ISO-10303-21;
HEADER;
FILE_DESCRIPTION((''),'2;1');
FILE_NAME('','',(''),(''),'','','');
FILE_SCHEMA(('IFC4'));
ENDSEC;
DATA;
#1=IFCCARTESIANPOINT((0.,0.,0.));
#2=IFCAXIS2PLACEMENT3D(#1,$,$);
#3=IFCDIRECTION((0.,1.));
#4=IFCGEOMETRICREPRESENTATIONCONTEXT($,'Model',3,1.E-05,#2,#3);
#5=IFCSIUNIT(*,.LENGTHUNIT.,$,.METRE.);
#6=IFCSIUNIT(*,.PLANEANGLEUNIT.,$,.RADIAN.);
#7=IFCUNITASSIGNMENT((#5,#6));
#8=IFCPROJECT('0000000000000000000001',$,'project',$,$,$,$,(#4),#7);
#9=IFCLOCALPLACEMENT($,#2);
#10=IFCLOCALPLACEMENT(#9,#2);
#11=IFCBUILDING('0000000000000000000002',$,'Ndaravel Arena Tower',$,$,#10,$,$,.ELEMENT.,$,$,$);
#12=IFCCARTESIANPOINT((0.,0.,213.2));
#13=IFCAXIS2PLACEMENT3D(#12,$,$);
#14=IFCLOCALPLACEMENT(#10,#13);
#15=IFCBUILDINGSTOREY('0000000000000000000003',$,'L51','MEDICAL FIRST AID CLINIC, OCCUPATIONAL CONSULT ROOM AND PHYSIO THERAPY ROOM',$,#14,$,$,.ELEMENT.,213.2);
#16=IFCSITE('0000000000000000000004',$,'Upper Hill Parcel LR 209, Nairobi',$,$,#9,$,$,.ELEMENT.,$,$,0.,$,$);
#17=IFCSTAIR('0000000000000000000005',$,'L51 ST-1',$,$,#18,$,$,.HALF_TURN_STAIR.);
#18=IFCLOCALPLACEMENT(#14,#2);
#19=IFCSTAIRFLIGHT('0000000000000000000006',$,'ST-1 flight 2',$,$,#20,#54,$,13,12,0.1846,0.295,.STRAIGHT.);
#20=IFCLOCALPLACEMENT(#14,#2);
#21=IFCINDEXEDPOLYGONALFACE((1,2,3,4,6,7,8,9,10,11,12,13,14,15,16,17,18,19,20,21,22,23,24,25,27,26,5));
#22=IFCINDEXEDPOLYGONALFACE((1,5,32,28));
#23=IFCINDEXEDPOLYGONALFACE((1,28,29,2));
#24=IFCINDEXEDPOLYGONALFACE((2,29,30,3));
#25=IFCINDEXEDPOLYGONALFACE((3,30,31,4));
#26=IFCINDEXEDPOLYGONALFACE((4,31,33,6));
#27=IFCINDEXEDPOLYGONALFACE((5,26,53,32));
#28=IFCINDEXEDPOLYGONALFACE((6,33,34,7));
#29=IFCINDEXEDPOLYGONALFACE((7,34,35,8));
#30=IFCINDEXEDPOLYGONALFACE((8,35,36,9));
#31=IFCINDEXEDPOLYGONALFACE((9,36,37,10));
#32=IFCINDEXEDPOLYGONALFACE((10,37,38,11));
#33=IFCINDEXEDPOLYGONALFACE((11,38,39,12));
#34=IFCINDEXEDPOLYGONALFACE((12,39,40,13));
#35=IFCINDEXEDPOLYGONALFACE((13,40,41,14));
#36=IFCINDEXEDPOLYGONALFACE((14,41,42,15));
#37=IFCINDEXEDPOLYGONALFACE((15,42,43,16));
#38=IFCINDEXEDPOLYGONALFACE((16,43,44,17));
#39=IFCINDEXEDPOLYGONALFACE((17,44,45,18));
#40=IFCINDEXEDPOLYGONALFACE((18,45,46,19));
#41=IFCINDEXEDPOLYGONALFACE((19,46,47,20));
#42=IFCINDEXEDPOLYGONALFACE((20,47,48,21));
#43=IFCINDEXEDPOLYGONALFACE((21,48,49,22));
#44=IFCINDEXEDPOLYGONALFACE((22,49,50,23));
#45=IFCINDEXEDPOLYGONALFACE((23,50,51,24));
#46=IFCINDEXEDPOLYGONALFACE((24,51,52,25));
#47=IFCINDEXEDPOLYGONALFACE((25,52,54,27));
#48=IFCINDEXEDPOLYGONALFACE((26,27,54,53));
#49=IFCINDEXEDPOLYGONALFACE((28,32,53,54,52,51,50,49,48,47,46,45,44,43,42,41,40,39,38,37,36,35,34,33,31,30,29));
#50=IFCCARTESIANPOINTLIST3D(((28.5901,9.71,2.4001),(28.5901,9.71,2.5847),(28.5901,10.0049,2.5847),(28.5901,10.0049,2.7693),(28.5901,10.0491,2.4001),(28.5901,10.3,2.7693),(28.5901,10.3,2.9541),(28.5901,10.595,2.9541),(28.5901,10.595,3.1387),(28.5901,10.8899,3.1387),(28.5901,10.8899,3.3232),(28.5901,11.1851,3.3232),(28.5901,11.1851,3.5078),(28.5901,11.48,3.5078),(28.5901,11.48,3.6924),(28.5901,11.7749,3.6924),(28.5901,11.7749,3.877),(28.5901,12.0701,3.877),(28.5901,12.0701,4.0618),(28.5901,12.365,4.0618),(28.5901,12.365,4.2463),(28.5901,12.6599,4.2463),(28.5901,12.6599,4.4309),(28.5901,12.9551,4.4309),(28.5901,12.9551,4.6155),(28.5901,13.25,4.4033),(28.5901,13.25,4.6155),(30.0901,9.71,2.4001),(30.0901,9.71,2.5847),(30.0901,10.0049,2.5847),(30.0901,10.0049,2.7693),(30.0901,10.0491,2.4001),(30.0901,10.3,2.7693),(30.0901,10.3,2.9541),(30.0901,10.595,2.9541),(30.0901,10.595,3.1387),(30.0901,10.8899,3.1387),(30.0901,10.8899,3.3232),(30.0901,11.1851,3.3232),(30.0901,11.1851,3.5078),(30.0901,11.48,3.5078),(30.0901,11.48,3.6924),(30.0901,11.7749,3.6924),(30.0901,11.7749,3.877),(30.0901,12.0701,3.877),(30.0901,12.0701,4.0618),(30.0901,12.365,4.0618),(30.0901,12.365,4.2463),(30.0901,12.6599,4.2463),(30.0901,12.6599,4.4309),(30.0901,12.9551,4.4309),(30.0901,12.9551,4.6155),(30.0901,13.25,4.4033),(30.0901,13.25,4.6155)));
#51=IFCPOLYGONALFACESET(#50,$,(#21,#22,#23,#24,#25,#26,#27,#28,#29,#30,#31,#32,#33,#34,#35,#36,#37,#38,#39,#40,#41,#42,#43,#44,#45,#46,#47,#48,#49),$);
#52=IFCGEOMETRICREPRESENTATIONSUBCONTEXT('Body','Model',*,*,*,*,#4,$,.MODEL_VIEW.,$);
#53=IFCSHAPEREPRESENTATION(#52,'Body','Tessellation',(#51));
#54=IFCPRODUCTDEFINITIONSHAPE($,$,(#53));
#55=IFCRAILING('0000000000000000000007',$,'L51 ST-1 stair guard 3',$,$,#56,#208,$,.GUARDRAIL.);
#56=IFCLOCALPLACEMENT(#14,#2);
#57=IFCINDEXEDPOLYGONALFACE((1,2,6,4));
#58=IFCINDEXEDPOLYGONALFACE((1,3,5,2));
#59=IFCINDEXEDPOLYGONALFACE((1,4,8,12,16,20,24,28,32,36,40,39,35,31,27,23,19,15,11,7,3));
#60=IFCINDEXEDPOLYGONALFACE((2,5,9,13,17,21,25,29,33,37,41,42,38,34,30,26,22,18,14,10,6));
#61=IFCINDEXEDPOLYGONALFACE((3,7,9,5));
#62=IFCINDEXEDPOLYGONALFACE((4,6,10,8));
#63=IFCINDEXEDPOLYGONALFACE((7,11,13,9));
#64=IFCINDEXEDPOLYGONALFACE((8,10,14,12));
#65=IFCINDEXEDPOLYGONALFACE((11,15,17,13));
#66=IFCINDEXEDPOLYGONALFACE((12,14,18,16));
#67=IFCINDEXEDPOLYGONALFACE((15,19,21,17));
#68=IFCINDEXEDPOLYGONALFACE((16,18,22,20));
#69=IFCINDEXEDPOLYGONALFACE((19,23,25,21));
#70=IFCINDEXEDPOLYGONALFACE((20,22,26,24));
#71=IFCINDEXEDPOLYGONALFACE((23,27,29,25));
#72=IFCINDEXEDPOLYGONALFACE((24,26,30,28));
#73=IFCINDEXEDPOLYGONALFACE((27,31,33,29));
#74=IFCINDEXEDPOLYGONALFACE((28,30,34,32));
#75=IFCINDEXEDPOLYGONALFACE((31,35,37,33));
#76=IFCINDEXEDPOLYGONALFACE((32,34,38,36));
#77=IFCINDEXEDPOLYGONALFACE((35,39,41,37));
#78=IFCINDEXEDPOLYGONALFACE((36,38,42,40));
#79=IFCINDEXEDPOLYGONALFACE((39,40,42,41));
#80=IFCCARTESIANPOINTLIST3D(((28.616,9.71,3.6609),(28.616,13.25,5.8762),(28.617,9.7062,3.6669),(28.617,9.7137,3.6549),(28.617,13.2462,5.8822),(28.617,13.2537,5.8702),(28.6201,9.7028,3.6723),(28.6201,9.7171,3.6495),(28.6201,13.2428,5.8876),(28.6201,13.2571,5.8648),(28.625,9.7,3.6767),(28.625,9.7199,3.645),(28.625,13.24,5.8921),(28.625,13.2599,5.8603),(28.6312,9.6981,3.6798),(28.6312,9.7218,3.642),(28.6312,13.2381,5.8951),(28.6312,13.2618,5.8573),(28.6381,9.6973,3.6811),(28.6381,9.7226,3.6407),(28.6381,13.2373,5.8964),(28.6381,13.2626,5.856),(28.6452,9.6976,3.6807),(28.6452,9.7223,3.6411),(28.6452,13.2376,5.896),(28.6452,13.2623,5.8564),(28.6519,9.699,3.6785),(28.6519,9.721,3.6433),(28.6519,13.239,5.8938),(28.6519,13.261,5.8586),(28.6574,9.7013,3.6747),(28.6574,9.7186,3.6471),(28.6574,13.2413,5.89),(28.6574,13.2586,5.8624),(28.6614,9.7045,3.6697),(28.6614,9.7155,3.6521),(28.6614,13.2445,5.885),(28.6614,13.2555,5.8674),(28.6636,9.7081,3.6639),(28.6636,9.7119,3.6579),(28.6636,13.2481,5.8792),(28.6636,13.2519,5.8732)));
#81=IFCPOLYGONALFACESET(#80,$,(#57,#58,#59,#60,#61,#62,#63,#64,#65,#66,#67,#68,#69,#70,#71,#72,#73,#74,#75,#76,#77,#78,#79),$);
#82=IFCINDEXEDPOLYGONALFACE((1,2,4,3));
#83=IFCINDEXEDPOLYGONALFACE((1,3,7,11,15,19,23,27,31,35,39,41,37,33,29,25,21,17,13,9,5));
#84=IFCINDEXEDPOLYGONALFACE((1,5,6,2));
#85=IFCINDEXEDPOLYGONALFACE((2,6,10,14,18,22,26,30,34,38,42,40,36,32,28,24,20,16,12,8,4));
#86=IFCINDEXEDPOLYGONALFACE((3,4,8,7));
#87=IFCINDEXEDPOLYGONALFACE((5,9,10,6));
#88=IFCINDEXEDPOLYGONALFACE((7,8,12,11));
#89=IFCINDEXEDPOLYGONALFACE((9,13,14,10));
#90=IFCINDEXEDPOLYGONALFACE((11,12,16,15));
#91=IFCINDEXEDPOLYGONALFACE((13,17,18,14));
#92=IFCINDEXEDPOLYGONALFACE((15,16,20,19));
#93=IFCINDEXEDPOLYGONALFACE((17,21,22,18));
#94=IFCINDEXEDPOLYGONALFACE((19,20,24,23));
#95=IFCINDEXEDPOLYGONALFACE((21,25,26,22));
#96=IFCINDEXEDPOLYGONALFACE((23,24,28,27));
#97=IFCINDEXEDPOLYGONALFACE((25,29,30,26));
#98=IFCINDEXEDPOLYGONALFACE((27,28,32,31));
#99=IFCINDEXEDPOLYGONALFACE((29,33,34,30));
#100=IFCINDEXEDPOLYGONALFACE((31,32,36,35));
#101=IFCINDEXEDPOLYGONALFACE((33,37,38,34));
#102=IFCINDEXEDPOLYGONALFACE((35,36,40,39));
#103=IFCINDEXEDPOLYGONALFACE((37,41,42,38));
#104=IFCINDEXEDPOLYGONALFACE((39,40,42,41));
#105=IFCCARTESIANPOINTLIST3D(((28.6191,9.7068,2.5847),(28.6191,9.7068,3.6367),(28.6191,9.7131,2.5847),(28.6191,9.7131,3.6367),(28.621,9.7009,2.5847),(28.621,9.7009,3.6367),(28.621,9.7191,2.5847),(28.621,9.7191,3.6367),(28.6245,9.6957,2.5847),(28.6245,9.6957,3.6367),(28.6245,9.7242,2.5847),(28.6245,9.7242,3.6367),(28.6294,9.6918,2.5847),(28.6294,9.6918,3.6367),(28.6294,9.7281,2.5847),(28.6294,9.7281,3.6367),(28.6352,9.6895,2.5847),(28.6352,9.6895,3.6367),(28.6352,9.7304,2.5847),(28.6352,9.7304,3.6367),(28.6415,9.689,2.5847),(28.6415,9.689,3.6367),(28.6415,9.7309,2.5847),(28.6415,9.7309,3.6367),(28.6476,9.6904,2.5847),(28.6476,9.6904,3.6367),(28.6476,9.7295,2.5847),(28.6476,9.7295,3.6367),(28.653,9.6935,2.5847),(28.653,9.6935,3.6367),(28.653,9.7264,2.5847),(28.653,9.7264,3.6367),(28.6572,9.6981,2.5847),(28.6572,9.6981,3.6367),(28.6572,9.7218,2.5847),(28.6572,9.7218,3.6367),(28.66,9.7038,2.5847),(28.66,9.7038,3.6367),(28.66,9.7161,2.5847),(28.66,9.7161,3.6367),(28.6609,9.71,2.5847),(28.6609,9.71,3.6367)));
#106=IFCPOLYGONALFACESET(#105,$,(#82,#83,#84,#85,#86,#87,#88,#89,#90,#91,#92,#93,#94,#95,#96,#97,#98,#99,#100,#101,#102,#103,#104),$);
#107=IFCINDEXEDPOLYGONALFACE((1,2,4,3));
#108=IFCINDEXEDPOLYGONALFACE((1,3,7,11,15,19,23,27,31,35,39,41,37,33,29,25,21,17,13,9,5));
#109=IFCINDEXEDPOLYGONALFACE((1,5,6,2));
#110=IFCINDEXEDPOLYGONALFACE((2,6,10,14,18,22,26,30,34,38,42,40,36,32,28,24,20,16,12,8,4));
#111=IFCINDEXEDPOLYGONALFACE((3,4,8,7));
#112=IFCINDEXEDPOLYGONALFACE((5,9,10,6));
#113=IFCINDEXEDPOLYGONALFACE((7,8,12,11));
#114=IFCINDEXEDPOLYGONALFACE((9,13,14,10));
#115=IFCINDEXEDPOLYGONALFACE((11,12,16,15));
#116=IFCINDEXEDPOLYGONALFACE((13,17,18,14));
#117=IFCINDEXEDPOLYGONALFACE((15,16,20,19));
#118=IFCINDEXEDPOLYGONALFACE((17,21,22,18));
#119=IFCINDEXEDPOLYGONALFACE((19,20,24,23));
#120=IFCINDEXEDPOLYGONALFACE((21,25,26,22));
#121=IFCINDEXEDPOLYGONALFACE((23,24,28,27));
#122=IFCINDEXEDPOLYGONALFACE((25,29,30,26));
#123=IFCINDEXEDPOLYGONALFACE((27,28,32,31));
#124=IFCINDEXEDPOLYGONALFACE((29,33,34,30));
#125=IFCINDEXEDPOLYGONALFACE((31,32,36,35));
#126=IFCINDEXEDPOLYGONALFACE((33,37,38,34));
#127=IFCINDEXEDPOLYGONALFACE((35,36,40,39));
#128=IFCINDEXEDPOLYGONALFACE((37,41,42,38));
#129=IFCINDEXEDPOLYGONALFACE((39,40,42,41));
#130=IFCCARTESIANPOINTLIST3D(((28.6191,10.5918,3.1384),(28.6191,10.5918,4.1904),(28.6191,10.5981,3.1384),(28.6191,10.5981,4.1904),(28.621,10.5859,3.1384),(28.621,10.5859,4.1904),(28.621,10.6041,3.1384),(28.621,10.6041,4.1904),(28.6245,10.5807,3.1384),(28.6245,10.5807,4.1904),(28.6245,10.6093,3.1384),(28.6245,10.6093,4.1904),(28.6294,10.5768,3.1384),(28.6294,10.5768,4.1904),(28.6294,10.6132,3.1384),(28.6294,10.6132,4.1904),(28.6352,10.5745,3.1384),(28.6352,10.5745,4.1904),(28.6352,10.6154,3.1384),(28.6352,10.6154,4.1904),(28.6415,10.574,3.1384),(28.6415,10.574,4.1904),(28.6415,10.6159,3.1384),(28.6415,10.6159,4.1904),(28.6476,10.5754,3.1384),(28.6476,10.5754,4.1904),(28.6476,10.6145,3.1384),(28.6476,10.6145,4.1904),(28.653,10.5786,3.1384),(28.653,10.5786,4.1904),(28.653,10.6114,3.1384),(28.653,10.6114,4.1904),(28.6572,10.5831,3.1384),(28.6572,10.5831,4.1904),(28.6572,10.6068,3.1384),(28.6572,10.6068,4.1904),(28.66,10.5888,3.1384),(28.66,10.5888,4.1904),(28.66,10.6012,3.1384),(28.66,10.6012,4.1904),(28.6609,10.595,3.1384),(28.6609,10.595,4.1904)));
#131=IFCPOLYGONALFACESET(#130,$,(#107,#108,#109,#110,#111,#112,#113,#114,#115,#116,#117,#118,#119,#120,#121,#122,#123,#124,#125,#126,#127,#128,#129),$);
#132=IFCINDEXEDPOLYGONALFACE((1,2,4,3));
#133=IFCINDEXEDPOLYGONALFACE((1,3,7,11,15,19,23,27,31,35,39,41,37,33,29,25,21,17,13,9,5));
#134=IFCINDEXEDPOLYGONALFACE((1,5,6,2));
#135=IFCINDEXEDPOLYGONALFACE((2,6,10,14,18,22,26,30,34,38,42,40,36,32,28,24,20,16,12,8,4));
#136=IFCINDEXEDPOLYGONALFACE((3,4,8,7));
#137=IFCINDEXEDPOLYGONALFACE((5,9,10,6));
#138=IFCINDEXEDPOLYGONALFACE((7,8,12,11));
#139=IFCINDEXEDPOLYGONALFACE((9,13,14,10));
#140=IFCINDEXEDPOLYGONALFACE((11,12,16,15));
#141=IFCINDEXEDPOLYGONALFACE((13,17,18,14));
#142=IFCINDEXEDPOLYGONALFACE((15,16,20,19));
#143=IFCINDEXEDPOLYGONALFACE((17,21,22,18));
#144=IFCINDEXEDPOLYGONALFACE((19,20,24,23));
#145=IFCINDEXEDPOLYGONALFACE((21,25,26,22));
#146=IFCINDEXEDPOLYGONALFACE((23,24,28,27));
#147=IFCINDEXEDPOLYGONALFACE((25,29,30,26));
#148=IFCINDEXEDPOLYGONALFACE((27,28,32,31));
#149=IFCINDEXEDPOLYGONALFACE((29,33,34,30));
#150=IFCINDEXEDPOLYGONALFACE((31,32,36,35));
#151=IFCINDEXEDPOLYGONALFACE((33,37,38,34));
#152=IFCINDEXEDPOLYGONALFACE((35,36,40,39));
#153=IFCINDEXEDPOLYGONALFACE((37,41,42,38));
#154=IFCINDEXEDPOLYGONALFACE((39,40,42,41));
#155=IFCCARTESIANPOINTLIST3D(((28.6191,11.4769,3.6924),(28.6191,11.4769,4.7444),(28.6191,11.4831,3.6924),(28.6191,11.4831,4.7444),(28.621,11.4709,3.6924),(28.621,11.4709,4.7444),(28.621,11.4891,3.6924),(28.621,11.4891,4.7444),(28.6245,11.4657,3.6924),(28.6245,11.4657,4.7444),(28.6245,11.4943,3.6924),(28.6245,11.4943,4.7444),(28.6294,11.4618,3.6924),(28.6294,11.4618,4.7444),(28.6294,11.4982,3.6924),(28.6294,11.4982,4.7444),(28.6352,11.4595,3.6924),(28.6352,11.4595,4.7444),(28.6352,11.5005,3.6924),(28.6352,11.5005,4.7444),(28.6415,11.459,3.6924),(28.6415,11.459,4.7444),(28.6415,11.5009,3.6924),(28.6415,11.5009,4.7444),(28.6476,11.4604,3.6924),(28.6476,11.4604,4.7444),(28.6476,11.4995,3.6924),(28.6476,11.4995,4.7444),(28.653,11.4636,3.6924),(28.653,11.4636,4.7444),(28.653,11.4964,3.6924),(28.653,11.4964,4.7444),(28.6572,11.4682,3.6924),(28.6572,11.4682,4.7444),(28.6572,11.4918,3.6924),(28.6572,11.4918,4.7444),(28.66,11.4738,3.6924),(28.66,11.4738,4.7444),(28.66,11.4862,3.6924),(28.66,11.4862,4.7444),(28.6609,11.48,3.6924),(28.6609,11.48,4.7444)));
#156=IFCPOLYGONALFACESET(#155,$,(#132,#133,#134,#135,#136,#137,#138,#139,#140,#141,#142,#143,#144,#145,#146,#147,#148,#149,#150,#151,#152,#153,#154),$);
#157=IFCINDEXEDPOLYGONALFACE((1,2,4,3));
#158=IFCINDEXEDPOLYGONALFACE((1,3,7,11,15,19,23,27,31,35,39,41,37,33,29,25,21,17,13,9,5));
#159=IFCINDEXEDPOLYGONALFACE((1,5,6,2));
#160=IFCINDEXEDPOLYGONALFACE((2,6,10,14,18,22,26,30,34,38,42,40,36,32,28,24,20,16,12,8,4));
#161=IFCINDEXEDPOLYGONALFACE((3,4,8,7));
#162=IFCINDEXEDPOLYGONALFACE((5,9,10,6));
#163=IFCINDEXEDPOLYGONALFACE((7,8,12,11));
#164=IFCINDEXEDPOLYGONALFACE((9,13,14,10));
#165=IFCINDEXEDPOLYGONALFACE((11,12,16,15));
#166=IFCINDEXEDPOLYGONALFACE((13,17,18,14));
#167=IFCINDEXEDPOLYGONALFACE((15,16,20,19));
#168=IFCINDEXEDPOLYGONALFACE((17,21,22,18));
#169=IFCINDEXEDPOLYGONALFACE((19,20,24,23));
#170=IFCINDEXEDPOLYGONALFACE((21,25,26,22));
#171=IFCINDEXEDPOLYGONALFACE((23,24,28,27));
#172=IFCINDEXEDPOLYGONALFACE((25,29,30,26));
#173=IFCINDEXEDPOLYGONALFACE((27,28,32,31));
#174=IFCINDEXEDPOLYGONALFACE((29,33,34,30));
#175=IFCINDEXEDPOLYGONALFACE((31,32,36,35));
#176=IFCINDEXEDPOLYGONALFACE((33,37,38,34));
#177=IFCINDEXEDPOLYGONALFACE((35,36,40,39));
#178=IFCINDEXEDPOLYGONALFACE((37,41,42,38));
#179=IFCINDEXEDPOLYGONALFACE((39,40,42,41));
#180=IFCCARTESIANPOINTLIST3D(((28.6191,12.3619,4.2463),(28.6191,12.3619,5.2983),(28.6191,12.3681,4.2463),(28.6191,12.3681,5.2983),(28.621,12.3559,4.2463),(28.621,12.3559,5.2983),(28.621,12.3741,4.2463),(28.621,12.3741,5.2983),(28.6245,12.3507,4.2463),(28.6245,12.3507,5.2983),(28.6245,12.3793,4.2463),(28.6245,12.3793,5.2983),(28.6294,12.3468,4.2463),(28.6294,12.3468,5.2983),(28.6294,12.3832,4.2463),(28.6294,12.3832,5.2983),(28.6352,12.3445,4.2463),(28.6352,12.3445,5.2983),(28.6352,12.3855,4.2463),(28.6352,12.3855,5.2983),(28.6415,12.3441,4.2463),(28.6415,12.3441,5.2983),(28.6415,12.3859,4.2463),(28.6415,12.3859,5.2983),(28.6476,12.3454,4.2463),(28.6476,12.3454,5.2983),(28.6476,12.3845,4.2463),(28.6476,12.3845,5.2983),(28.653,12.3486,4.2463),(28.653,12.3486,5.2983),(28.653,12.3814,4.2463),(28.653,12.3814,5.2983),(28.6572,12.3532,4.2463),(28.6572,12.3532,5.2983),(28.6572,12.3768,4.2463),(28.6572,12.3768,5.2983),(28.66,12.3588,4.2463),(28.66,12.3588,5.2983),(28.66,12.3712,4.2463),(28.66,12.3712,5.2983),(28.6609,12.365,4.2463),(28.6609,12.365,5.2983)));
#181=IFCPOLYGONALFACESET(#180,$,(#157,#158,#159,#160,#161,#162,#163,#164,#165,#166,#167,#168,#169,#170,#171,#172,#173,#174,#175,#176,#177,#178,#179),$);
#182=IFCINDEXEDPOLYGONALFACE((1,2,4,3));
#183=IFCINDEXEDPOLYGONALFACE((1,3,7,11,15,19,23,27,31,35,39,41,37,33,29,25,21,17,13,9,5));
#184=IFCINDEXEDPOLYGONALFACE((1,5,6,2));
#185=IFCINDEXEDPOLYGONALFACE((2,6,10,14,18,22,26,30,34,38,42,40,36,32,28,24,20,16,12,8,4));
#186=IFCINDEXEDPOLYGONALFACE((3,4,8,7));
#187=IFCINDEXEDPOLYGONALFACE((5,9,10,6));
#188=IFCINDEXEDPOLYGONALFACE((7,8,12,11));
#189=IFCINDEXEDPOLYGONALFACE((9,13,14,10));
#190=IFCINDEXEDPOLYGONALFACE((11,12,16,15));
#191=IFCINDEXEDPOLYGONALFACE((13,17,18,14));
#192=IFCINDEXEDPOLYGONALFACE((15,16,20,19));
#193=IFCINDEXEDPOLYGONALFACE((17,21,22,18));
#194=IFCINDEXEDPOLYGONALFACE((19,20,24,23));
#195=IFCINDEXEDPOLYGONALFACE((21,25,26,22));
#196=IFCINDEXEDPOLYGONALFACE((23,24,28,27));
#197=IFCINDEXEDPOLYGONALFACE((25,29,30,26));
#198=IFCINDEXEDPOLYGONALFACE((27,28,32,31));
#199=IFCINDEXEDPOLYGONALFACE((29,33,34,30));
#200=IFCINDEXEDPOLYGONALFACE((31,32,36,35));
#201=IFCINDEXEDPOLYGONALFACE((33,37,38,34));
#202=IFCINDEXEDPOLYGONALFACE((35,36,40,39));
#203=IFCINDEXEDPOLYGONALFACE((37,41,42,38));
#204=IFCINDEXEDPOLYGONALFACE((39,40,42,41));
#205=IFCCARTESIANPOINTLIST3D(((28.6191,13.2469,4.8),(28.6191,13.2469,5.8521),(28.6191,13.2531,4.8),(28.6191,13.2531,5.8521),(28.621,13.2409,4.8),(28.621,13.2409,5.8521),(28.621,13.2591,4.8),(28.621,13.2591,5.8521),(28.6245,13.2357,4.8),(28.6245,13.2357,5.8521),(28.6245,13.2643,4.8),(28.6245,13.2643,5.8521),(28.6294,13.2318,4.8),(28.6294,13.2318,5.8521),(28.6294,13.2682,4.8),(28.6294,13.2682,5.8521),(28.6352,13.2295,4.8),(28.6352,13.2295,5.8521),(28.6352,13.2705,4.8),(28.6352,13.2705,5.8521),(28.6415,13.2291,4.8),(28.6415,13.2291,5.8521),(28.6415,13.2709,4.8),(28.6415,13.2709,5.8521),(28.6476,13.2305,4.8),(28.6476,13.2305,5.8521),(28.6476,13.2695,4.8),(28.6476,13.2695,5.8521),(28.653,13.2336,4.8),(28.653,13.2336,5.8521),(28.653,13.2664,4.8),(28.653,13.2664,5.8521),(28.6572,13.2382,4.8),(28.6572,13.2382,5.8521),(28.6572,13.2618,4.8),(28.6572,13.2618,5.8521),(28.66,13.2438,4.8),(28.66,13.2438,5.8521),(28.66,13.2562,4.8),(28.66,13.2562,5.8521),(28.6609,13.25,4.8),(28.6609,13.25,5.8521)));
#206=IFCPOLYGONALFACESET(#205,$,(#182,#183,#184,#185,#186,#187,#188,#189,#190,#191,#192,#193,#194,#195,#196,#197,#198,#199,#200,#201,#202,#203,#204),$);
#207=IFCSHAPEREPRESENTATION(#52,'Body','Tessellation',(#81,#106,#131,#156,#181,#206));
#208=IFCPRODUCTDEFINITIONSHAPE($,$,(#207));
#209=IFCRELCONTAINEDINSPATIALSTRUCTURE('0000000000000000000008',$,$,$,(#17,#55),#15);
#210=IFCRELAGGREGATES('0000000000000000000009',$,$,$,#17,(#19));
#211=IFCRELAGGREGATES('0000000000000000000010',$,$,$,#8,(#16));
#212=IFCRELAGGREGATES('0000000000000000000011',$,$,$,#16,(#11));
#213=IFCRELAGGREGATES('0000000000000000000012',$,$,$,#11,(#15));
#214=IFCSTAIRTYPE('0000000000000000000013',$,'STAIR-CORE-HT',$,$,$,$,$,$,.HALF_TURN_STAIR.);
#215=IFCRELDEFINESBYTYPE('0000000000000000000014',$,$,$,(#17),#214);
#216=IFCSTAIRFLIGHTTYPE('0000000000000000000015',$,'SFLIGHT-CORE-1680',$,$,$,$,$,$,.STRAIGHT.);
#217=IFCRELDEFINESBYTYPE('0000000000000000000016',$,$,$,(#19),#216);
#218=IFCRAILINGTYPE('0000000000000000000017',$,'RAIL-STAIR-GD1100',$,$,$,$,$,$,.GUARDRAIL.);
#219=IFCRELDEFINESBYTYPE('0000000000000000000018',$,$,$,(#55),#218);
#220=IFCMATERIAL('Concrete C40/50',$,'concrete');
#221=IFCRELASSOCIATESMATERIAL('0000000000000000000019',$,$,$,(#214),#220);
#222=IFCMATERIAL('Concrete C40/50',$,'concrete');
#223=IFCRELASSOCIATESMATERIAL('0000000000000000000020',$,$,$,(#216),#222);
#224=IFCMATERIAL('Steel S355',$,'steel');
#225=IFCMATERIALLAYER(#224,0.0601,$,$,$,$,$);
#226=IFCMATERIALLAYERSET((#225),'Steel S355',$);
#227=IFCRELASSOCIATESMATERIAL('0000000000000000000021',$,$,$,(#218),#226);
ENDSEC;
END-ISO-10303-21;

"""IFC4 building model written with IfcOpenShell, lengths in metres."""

from ifc_helpers import new_model, si_unit, direction, frame, origin, origin_2d, place, context, subcontext, project, spatial, polyline, circle, outline, extrude, material, layer, layer_set, type_object, element, aggregate, save


model = new_model("IFC4")

# Units and contexts
model_context = context("Model", 3, precision=1e-05, world=origin(), true_north=direction((0.0, 1.0)))
body_context = subcontext(model_context, "Body", "Model", "MODEL_VIEW")
ifc_project = project(units=[si_unit("LENGTHUNIT", "METRE"), si_unit("PLANEANGLEUNIT", "RADIAN")], contexts=[model_context])

# Site, building, storey
site_placement = place(None, origin())
site = spatial("IfcSite", under=ifc_project, at=site_placement, Name="Upper Hill Parcel LR 209, Nairobi", CompositionType="ELEMENT", RefElevation=0.0)
building_placement = place(site_placement, origin())
building = spatial("IfcBuilding", under=site, at=building_placement, Name="Ndaravel Arena Tower", CompositionType="ELEMENT")
storey_placement = place(building_placement, frame((0.0, 0.0, 213.2)))
storey = spatial("IfcBuildingStorey", under=building, at=storey_placement, Name="L51", Description="MEDICAL FIRST AID CLINIC, OCCUPATIONAL CONSULT ROOM AND PHYSIO THERAPY ROOM", CompositionType="ELEMENT", Elevation=213.2)

# Stair, stair flight
ifc_material_1 = material(Name="Concrete C40/50", Category="concrete")
stair_type = type_object("IfcStairType", Name="STAIR-CORE-HT", PredefinedType="HALF_TURN_STAIR", material=ifc_material_1)
stair_placement = place(storey_placement, origin())
stair = element("IfcStair", 1, at=stair_placement, inside=storey, type_object=stair_type, Name="L51 ST-1", PredefinedType="HALF_TURN_STAIR")
ifc_material_2 = material(Name="Concrete C40/50", Category="concrete")
stair_flight_type = type_object("IfcStairFlightType", Name="SFLIGHT-CORE-1680", PredefinedType="STRAIGHT", material=ifc_material_2)
stair_flight_1_placement = place(storey_placement, frame((29.3401, 9.71, 2.4001), z_axis=(0.0, 0.0, 1.0), x_axis=(0.0, 1.0, 0.0)))
stair_flight_1 = element("IfcStairFlight", 2, at=stair_flight_1_placement, type_object=stair_flight_type, Name="ST-1 flight 2", NumberOfRisers=13, NumberOfTreads=12, PredefinedType="STRAIGHT", RiserHeight=0.1846, TreadLength=0.295, context=body_context, shape_type="SweptSolid", body=[
    extrude(outline(polyline([(0.0, 0.0), (0.0, 0.1846), (0.2949, 0.1846), (0.2949, 0.3691), (0.5901, 0.3691), (0.5901, 0.554), (0.885, 0.554), (0.885, 0.7385), (1.1799, 0.7385), (1.1799, 0.9231), (1.4751, 0.9231), (1.4751, 1.1077), (1.77, 1.1077), (1.77, 1.2922), (2.0649, 1.2922), (2.0649, 1.4768), (2.3601, 1.4768), (2.3601, 1.6616), (2.655, 1.6616), (2.655, 1.8462), (2.95, 1.8462), (2.95, 2.0308), (3.2451, 2.0308), (3.2451, 2.2153), (3.54, 2.2153), (3.54, 2.3999), (3.54, 2.0032), (0.3391, 0.0), (0.0, 0.0)])), frame((0.0, 0.75, 0.0), z_axis=(0.0, -1.0, 0.0), x_axis=(1.0, 0.0, 0.0)), (0.0, 0.0, 1.0), 1.5),
])
aggregate(stair, [stair_flight_1])

# Railing
ifc_material_3 = material(Name="Steel S355", Category="steel")
ifc_layer_1 = layer(ifc_material_3, 0.0601)
ifc_layer_set_1 = layer_set([ifc_layer_1], Name="Steel S355")
railing_type_1 = type_object("IfcRailingType", Name="RAIL-STAIR-GD1100", PredefinedType="GUARDRAIL", material=ifc_layer_set_1)
railing_1_placement = place(storey_placement, frame((28.6399, 9.71, 2.5847)))
element("IfcRailing", 3, at=railing_1_placement, inside=storey, type_object=railing_type_1, Name="L51 ST-1 stair guard 3", PredefinedType="GUARDRAIL", context=body_context, shape_type="SweptSolid", body=[
    extrude(circle(Radius=0.0239, at=origin_2d()), frame((0.0, 0.0, 1.0762), z_axis=(0.0, 0.847696, 0.530482), x_axis=(-1.0, 0.0, 0.0)), (0.0, 0.0, 1.0), 4.176),
    extrude(circle(Radius=0.021, at=origin_2d()), origin(), (0.0, 0.0, 1.0), 1.052),
    extrude(circle(Radius=0.021, at=origin_2d()), frame((0.0, 0.885, 0.5537)), (0.0, 0.0, 1.0), 1.052),
    extrude(circle(Radius=0.021, at=origin_2d()), frame((0.0, 1.77, 1.1077)), (0.0, 0.0, 1.0), 1.052),
    extrude(circle(Radius=0.021, at=origin_2d()), frame((0.0, 2.655, 1.6616)), (0.0, 0.0, 1.0), 1.052),
    extrude(circle(Radius=0.021, at=origin_2d()), frame((0.0, 3.54, 2.2153)), (0.0, 0.0, 1.0), 1.052),
])

save(model, "model.ifc")
